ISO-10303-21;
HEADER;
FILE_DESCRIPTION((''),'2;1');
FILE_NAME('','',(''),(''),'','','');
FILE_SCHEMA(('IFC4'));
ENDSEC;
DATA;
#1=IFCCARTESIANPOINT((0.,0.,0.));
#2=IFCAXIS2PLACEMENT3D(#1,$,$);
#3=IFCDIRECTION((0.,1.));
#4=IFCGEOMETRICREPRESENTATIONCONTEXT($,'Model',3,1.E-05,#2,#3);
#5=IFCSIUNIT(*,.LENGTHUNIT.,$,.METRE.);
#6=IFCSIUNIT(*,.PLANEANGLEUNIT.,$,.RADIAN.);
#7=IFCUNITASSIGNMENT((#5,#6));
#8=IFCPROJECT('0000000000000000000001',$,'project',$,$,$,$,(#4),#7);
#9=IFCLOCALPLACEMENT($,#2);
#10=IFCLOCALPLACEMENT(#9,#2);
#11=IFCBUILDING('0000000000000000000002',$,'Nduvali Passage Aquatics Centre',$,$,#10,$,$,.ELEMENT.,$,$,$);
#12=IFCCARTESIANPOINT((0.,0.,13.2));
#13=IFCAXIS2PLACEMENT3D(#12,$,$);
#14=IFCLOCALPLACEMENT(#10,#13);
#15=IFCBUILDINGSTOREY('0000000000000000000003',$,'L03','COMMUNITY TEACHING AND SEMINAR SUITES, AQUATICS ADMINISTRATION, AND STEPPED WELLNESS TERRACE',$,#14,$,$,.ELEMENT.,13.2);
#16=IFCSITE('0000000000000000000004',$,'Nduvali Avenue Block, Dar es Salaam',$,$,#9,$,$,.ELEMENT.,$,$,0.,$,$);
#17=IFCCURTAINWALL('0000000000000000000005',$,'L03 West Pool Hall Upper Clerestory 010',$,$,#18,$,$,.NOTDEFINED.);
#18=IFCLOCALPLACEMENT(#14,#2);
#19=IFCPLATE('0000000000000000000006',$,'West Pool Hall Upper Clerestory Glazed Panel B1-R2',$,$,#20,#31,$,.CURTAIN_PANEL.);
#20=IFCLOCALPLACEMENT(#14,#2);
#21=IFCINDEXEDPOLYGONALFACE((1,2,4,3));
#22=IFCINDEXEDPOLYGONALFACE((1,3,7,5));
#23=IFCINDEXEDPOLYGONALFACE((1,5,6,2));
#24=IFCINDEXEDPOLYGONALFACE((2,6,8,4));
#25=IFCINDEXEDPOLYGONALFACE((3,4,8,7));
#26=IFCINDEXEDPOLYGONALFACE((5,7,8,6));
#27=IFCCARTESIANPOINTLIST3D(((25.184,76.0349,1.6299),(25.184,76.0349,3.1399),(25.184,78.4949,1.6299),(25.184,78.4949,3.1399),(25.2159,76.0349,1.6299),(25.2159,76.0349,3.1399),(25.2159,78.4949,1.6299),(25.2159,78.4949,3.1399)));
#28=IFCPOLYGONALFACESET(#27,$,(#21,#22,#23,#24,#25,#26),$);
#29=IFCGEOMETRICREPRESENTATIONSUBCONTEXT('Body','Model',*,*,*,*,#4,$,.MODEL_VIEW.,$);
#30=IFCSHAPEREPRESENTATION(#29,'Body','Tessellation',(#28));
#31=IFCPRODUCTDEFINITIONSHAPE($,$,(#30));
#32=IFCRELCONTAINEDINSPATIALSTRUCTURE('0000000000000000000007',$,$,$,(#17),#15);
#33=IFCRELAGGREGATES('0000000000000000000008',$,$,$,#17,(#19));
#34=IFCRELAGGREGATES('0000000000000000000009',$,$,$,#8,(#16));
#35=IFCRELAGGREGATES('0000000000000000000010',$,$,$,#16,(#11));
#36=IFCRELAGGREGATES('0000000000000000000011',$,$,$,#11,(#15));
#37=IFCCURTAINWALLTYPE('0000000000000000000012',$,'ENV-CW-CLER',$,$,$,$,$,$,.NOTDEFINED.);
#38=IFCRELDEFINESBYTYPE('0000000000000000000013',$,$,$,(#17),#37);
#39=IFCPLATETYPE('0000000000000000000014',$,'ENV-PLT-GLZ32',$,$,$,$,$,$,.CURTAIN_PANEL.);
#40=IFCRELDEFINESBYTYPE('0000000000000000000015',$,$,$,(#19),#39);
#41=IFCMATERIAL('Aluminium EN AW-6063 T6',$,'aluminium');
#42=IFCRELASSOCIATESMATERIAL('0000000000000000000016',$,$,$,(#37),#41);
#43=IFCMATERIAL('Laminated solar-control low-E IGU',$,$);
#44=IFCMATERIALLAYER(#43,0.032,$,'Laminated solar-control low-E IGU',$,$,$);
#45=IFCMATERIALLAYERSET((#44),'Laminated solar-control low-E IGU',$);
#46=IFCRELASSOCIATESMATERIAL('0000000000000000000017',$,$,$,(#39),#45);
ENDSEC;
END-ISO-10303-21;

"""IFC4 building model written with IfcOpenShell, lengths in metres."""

from ifc_helpers import new_model, si_unit, direction, frame, origin, origin_2d, place, context, subcontext, project, spatial, rectangle, extrude, material, layer, layer_set, type_object, element, aggregate, save


model = new_model("IFC4")

# Units and contexts
model_context = context("Model", 3, precision=1e-05, world=origin(), true_north=direction((0.0, 1.0)))
body_context = subcontext(model_context, "Body", "Model", "MODEL_VIEW")
ifc_project = project(units=[si_unit("LENGTHUNIT", "METRE"), si_unit("PLANEANGLEUNIT", "RADIAN")], contexts=[model_context])

# Site, building, storey
site_placement = place(None, origin())
site = spatial("IfcSite", under=ifc_project, at=site_placement, Name="Nduvali Avenue Block, Dar es Salaam", CompositionType="ELEMENT", RefElevation=0.0)
building_placement = place(site_placement, origin())
building = spatial("IfcBuilding", under=site, at=building_placement, Name="Nduvali Passage Aquatics Centre", CompositionType="ELEMENT")
storey_placement = place(building_placement, frame((0.0, 0.0, 13.2)))
storey = spatial("IfcBuildingStorey", under=building, at=storey_placement, Name="L03", Description="COMMUNITY TEACHING AND SEMINAR SUITES, AQUATICS ADMINISTRATION, AND STEPPED WELLNESS TERRACE", CompositionType="ELEMENT", Elevation=13.2)

# Shared definitions
ifc_material_1 = material(Name="Aluminium EN AW-6063 T6", Category="aluminium")
curtain_wall_type = type_object("IfcCurtainWallType", Name="ENV-CW-CLER", PredefinedType="NOTDEFINED", material=ifc_material_1)

# Curtain wall
curtain_wall_1_placement = place(storey_placement, origin())
curtain_wall_1 = element("IfcCurtainWall", 1, at=curtain_wall_1_placement, inside=storey, type_object=curtain_wall_type, Name="L03 West Pool Hall Upper Clerestory 010", PredefinedType="NOTDEFINED")

# Plate
ifc_material_2 = material(Name="Laminated solar-control low-E IGU")
ifc_layer = layer(ifc_material_2, 0.032, Name="Laminated solar-control low-E IGU")
ifc_layer_set = layer_set([ifc_layer], Name="Laminated solar-control low-E IGU")
plate_type = type_object("IfcPlateType", Name="ENV-PLT-GLZ32", PredefinedType="CURTAIN_PANEL", material=ifc_layer_set)
plate_1_placement = place(storey_placement, frame((25.2, 77.2649, 1.6299), z_axis=(0.0, 0.0, 1.0), x_axis=(0.0, 1.0, 0.0)))
plate_1 = element("IfcPlate", 2, at=plate_1_placement, type_object=plate_type, Name="West Pool Hall Upper Clerestory Glazed Panel B1-R2", PredefinedType="CURTAIN_PANEL", context=body_context, shape_type="SweptSolid", body=[
    extrude(rectangle(XDim=2.46, YDim=0.032, at=origin_2d()), origin(), (0.0, 0.0, 1.0), 1.51),
])
aggregate(curtain_wall_1, [plate_1])

save(model, "model.ifc")
